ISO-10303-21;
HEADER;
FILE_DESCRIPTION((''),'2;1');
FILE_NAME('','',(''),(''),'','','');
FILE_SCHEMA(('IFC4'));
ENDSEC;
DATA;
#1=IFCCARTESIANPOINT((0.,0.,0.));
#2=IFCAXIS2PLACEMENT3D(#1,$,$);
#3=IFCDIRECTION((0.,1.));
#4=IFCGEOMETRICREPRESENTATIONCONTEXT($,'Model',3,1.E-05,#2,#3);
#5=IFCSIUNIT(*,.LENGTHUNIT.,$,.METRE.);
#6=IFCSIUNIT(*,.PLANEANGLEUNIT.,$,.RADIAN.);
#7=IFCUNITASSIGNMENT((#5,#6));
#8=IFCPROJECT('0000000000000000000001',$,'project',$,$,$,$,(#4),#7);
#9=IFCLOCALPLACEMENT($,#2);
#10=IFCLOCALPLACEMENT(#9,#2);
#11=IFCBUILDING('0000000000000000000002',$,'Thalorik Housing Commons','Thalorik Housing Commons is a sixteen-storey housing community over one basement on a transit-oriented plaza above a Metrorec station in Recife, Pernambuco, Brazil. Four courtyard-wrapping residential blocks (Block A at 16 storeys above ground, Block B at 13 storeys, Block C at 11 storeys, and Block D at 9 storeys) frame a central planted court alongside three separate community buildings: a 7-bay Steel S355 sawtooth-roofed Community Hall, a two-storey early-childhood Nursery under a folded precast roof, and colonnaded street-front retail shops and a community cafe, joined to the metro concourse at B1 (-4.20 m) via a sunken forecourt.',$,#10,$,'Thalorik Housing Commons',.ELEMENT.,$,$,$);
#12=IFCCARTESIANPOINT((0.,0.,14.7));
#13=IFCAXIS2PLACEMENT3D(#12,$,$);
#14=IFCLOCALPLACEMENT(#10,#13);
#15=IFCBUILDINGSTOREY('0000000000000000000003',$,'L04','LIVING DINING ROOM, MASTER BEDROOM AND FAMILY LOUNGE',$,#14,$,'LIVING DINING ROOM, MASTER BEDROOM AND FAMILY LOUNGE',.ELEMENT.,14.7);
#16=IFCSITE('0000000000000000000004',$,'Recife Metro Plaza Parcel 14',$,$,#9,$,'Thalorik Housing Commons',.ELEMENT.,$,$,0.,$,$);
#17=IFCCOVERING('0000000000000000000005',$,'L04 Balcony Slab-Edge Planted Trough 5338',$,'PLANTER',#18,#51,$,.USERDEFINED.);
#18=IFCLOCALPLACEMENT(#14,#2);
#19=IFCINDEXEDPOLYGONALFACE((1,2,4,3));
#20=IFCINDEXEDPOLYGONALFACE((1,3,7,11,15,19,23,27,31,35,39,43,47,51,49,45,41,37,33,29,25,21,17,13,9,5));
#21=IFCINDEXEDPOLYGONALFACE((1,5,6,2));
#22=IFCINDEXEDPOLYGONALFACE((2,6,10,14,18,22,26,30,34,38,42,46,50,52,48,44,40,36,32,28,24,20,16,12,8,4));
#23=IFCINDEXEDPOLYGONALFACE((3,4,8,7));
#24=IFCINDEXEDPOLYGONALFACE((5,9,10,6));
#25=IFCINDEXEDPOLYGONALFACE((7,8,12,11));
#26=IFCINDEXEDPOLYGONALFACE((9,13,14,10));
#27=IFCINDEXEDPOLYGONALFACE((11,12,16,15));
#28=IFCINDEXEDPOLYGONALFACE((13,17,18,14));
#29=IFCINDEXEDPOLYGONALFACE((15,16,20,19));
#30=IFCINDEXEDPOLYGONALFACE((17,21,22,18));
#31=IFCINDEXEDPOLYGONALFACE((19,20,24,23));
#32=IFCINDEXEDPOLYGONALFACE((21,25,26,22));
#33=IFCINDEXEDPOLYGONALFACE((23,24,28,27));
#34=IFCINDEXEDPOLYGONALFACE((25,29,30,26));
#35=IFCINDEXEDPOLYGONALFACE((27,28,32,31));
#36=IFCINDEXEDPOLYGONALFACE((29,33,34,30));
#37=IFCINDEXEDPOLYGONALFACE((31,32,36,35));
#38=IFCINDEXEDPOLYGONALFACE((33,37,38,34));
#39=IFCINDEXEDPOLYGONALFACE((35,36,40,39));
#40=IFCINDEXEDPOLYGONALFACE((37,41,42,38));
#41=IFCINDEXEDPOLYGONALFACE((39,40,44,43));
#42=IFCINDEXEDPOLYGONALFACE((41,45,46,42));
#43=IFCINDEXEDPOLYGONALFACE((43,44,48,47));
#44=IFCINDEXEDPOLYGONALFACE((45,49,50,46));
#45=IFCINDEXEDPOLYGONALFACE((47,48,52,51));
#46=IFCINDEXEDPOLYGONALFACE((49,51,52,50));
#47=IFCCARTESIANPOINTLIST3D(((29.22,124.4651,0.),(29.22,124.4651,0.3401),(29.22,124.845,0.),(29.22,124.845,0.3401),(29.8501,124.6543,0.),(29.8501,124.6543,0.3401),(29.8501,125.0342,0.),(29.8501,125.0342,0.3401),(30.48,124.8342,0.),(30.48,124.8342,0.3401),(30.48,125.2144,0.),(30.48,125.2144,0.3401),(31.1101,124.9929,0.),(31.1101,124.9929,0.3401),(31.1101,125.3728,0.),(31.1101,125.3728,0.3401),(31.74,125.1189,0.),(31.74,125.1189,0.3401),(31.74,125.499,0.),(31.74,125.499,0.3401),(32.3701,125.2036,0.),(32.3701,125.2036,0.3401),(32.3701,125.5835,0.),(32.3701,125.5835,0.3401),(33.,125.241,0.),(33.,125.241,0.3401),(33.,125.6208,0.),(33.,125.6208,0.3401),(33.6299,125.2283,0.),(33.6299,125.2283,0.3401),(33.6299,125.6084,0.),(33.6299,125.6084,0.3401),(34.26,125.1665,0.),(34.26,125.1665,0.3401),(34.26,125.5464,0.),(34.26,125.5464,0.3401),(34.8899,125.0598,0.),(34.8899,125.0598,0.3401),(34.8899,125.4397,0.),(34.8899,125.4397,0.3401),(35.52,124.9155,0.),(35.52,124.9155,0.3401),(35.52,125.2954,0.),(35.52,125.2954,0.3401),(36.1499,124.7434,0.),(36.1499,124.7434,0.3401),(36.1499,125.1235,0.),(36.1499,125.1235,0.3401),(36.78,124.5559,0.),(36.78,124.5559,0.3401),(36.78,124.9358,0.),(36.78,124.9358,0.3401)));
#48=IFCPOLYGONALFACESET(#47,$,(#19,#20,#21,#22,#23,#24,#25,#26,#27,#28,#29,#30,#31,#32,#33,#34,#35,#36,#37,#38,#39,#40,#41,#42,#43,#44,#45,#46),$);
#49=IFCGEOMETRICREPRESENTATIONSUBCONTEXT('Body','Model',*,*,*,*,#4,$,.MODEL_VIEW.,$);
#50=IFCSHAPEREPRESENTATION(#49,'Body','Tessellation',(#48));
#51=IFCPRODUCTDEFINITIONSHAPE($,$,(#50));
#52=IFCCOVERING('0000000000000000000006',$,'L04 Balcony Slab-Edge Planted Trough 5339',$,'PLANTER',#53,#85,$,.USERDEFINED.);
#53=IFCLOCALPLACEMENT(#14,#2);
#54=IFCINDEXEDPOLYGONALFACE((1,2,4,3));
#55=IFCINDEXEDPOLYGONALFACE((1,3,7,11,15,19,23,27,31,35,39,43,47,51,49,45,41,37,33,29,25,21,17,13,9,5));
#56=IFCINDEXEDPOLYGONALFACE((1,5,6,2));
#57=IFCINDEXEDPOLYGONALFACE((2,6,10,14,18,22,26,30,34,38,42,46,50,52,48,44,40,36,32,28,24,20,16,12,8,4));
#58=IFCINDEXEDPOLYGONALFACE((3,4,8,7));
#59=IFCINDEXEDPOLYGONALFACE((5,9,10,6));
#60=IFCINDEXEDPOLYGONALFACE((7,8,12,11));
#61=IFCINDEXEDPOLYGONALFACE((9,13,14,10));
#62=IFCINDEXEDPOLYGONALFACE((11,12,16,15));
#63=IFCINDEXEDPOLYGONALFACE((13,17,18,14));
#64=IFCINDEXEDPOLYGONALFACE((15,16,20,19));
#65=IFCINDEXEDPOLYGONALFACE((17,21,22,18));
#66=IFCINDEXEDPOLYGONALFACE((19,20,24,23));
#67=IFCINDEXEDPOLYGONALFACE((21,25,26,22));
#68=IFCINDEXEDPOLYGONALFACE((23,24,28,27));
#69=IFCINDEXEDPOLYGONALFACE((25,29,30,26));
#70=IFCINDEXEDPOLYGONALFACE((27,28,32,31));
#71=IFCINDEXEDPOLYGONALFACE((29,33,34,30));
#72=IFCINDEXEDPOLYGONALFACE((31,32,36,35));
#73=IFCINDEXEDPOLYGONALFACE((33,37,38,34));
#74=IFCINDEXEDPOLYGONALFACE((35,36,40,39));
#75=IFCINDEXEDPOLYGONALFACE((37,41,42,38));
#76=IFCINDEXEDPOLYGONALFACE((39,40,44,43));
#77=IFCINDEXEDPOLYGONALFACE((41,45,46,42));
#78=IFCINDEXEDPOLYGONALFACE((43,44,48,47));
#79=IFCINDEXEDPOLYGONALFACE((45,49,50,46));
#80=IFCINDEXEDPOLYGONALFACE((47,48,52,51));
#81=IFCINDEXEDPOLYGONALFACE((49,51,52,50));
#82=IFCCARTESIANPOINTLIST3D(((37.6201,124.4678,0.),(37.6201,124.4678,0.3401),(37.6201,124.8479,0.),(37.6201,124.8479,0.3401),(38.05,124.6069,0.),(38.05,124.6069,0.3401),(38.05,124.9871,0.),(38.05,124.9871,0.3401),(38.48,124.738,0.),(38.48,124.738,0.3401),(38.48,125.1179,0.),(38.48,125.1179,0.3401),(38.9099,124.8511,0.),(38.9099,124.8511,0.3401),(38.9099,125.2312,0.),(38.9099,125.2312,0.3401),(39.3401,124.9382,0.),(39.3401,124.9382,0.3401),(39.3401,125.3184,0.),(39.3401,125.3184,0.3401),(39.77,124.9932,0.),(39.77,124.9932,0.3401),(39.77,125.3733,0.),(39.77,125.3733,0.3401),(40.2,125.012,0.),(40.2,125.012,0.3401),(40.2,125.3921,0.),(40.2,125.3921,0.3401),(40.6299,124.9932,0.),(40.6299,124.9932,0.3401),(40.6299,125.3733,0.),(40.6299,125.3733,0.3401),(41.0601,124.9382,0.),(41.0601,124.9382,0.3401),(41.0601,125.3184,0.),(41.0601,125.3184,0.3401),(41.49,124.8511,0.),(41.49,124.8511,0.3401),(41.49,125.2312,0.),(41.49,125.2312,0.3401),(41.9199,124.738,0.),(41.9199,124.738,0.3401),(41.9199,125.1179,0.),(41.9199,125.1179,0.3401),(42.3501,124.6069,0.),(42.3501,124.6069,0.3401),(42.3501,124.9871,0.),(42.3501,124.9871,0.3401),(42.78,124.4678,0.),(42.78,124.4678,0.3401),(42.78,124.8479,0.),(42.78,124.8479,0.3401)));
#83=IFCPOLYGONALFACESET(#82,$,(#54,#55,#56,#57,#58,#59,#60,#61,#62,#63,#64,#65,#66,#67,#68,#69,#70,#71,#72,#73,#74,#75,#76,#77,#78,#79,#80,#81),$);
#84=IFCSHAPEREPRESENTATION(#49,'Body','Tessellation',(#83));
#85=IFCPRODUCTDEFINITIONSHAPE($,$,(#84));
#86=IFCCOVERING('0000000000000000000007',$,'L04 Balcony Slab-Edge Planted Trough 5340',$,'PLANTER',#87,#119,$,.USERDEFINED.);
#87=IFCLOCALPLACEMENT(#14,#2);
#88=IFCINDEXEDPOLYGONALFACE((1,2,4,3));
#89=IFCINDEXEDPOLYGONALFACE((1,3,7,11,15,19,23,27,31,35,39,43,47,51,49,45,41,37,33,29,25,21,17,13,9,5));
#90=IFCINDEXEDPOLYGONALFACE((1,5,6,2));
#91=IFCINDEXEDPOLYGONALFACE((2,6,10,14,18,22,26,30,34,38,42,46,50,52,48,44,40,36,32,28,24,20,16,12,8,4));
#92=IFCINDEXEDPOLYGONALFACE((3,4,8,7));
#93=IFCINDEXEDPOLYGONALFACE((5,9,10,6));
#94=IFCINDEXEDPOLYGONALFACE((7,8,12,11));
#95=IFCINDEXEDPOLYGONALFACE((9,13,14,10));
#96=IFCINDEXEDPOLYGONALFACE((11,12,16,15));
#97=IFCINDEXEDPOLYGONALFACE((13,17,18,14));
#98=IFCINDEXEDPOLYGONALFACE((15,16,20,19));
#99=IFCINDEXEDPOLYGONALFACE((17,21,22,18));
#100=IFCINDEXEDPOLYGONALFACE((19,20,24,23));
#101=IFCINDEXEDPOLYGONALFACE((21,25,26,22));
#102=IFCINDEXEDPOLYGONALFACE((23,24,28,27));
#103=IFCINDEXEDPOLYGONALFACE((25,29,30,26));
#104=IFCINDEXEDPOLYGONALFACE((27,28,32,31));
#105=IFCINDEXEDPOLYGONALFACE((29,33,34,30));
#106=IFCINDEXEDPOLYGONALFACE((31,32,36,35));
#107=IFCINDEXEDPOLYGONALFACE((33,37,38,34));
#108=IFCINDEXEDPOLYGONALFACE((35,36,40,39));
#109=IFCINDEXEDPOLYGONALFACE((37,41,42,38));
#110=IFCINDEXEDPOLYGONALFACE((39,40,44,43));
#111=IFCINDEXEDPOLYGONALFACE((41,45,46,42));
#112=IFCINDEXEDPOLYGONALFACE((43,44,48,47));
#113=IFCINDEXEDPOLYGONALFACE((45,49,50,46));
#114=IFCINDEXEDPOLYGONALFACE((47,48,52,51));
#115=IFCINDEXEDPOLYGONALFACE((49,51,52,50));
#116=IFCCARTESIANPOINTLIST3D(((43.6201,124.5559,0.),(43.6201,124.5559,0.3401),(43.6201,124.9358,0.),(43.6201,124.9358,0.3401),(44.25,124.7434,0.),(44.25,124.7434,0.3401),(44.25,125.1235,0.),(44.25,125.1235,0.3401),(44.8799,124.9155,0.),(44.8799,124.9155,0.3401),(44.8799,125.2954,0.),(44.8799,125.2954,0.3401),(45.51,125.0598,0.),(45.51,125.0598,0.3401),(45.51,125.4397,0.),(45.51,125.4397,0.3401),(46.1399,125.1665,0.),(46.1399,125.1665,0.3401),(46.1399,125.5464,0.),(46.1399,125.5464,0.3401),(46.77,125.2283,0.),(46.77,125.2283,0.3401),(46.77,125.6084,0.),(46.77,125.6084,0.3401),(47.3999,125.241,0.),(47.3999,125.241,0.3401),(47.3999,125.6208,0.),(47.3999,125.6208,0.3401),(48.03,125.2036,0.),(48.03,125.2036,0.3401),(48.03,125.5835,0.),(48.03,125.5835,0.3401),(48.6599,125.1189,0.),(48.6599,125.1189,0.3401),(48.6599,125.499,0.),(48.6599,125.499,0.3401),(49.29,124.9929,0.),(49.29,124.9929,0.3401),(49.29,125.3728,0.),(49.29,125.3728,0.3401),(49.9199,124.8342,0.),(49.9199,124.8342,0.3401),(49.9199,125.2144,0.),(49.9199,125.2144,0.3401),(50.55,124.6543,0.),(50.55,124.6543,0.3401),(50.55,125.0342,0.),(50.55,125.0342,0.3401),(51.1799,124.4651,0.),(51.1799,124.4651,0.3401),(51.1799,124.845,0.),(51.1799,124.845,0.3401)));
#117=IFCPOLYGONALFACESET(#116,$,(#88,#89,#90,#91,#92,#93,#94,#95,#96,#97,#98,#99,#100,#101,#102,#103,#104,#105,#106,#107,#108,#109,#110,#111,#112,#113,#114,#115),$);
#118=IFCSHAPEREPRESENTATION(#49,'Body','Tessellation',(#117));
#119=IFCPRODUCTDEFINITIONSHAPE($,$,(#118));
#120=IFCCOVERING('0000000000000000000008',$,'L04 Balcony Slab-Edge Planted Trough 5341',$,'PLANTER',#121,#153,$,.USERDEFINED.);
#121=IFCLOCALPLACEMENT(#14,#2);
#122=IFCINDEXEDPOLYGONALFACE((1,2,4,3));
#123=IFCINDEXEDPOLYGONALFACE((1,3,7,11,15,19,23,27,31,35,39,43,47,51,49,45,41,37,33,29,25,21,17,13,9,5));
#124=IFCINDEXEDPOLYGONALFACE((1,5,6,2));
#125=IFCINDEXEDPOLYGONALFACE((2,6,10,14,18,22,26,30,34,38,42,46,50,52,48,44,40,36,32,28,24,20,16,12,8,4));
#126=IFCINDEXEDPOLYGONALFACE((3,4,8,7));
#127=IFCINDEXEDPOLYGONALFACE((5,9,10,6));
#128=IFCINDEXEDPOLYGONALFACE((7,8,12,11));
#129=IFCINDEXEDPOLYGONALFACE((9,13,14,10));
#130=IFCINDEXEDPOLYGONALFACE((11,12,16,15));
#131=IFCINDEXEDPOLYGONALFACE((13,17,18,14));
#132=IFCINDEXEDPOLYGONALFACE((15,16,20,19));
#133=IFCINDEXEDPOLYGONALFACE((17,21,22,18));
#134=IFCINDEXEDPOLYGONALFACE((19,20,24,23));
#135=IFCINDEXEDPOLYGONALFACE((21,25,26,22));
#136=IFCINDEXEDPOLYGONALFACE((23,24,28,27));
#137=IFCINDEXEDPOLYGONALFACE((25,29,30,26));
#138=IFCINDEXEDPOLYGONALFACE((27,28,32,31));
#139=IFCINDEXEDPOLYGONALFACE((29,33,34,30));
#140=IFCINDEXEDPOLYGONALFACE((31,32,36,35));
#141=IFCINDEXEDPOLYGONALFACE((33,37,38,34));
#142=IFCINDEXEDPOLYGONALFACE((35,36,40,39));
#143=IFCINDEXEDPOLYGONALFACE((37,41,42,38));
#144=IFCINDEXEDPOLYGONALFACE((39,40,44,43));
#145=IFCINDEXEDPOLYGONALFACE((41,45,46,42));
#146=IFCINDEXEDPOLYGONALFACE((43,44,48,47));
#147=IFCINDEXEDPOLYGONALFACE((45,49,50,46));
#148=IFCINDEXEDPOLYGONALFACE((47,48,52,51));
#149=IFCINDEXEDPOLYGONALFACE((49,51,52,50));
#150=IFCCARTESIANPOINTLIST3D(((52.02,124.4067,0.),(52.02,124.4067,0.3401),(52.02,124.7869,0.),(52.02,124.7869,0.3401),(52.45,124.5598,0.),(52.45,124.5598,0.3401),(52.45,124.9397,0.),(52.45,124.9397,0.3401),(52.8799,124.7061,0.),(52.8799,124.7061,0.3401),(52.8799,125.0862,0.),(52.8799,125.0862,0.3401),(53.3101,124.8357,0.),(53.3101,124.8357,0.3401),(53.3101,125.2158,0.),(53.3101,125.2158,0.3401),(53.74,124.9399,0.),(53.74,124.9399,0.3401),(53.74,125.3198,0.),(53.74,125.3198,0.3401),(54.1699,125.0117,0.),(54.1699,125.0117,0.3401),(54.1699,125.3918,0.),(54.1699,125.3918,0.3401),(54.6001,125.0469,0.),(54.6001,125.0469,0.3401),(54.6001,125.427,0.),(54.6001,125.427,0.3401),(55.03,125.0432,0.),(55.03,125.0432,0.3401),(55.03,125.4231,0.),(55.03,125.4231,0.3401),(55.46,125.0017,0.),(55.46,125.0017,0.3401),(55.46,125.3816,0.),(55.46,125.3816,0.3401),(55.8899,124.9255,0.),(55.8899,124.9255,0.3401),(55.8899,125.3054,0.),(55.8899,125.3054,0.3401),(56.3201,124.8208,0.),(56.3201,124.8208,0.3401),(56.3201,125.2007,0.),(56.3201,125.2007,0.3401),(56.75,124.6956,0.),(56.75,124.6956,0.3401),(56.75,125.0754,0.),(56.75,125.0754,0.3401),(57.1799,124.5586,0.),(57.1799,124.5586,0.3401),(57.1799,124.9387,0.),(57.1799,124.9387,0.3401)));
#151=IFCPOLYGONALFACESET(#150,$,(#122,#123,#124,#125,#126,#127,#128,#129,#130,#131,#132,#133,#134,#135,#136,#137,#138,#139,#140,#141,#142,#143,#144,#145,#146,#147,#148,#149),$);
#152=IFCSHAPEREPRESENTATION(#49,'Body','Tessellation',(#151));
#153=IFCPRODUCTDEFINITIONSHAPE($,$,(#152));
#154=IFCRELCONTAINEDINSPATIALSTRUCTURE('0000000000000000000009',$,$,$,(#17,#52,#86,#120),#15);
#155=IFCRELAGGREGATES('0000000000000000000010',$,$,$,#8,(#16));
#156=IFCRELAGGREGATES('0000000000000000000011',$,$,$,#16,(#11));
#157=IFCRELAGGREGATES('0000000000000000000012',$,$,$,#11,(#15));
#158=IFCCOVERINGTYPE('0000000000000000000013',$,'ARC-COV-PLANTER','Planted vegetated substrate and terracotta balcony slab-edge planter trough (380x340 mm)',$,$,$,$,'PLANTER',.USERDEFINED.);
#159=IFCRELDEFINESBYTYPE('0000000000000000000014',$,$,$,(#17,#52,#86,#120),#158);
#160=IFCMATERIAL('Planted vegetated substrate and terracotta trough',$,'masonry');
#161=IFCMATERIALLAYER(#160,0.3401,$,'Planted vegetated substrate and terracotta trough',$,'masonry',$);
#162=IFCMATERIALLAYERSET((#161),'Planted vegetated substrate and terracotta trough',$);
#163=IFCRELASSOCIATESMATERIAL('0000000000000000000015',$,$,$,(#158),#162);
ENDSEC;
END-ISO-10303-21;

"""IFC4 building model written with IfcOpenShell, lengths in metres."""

from ifc_helpers import new_model, si_unit, direction, frame, origin, place, context, subcontext, project, spatial, polyline, outline, extrude, material, layer, layer_set, type_object, element, save


model = new_model("IFC4")

# Units and contexts
model_context = context("Model", 3, precision=1e-05, world=origin(), true_north=direction((0.0, 1.0)))
body_context = subcontext(model_context, "Body", "Model", "MODEL_VIEW")
ifc_project = project(units=[si_unit("LENGTHUNIT", "METRE"), si_unit("PLANEANGLEUNIT", "RADIAN")], contexts=[model_context])

# Site, building, storey
site_placement = place(None, origin())
site = spatial("IfcSite", under=ifc_project, at=site_placement, Name="Recife Metro Plaza Parcel 14", LongName="Thalorik Housing Commons", CompositionType="ELEMENT", RefElevation=0.0)
building_placement = place(site_placement, origin())
building = spatial("IfcBuilding", under=site, at=building_placement, Name="Thalorik Housing Commons", Description="Thalorik Housing Commons is a sixteen-storey housing community over one basement on a transit-oriented plaza above a Metrorec station in Recife, Pernambuco, Brazil. Four courtyard-wrapping residential blocks (Block A at 16 storeys above ground, Block B at 13 storeys, Block C at 11 storeys, and Block D at 9 storeys) frame a central planted court alongside three separate community buildings: a 7-bay Steel S355 sawtooth-roofed Community Hall, a two-storey early-childhood Nursery under a folded precast roof, and colonnaded street-front retail shops and a community cafe, joined to the metro concourse at B1 (-4.20 m) via a sunken forecourt.", LongName="Thalorik Housing Commons", CompositionType="ELEMENT")
storey_placement = place(building_placement, frame((0.0, 0.0, 14.7)))
storey = spatial("IfcBuildingStorey", under=building, at=storey_placement, Name="L04", Description="LIVING DINING ROOM, MASTER BEDROOM AND FAMILY LOUNGE", LongName="LIVING DINING ROOM, MASTER BEDROOM AND FAMILY LOUNGE", CompositionType="ELEMENT", Elevation=14.7)

# Coverings
ifc_material = material(Name="Planted vegetated substrate and terracotta trough", Category="masonry")
ifc_layer = layer(ifc_material, 0.3401, Name="Planted vegetated substrate and terracotta trough", Category="masonry")
ifc_layer_set = layer_set([ifc_layer], Name="Planted vegetated substrate and terracotta trough")
covering_type = type_object("IfcCoveringType", Name="ARC-COV-PLANTER", Description="Planted vegetated substrate and terracotta balcony slab-edge planter trough (380x340 mm)", ElementType="PLANTER", PredefinedType="USERDEFINED", material=ifc_layer_set)
covering_1_placement = place(storey_placement, origin())
element("IfcCovering", 1, at=covering_1_placement, inside=storey, type_object=covering_type, Name="L04 Balcony Slab-Edge Planted Trough 5338", ObjectType="PLANTER", PredefinedType="USERDEFINED", context=body_context, shape_type="SweptSolid", body=[
    extrude(outline(polyline([(36.78, 124.9358), (36.1499, 125.1235), (35.52, 125.2954), (34.8899, 125.4397), (34.26, 125.5464), (33.6299, 125.6084), (33.0, 125.6208), (32.3701, 125.5835), (31.74, 125.499), (31.1101, 125.3728), (30.48, 125.2144), (29.8501, 125.0342), (29.22, 124.845), (29.22, 124.4651), (29.8501, 124.6543), (30.48, 124.8342), (31.1101, 124.9929), (31.74, 125.1189), (32.3701, 125.2036), (33.0, 125.241), (33.6299, 125.2283), (34.26, 125.1665), (34.8899, 125.0598), (35.52, 124.9155), (36.1499, 124.7434), (36.78, 124.5559), (36.78, 124.9358)])), origin(), (0.0, 0.0, 1.0), 0.3401),
])
covering_2_placement = place(storey_placement, origin())
element("IfcCovering", 2, at=covering_2_placement, inside=storey, type_object=covering_type, Name="L04 Balcony Slab-Edge Planted Trough 5339", ObjectType="PLANTER", PredefinedType="USERDEFINED", context=body_context, shape_type="SweptSolid", body=[
    extrude(outline(polyline([(42.78, 124.8479), (42.3501, 124.9871), (41.9199, 125.1179), (41.49, 125.2312), (41.0601, 125.3184), (40.6299, 125.3733), (40.2, 125.3921), (39.77, 125.3733), (39.3401, 125.3184), (38.9099, 125.2312), (38.48, 125.1179), (38.05, 124.9871), (37.6201, 124.8479), (37.6201, 124.4678), (38.05, 124.6069), (38.48, 124.738), (38.9099, 124.8511), (39.3401, 124.9382), (39.77, 124.9932), (40.2, 125.012), (40.6299, 124.9932), (41.0601, 124.9382), (41.49, 124.8511), (41.9199, 124.738), (42.3501, 124.6069), (42.78, 124.4678), (42.78, 124.8479)])), origin(), (0.0, 0.0, 1.0), 0.3401),
])
covering_3_placement = place(storey_placement, origin())
element("IfcCovering", 3, at=covering_3_placement, inside=storey, type_object=covering_type, Name="L04 Balcony Slab-Edge Planted Trough 5340", ObjectType="PLANTER", PredefinedType="USERDEFINED", context=body_context, shape_type="SweptSolid", body=[
    extrude(outline(polyline([(51.1799, 124.845), (50.55, 125.0342), (49.9199, 125.2144), (49.29, 125.3728), (48.6599, 125.499), (48.03, 125.5835), (47.3999, 125.6208), (46.77, 125.6084), (46.1399, 125.5464), (45.51, 125.4397), (44.8799, 125.2954), (44.25, 125.1235), (43.6201, 124.9358), (43.6201, 124.5559), (44.25, 124.7434), (44.8799, 124.9155), (45.51, 125.0598), (46.1399, 125.1665), (46.77, 125.2283), (47.3999, 125.241), (48.03, 125.2036), (48.6599, 125.1189), (49.29, 124.9929), (49.9199, 124.8342), (50.55, 124.6543), (51.1799, 124.4651), (51.1799, 124.845)])), origin(), (0.0, 0.0, 1.0), 0.3401),
])
covering_4_placement = place(storey_placement, origin())
element("IfcCovering", 4, at=covering_4_placement, inside=storey, type_object=covering_type, Name="L04 Balcony Slab-Edge Planted Trough 5341", ObjectType="PLANTER", PredefinedType="USERDEFINED", context=body_context, shape_type="SweptSolid", body=[
    extrude(outline(polyline([(57.1799, 124.9387), (56.75, 125.0754), (56.3201, 125.2007), (55.8899, 125.3054), (55.46, 125.3816), (55.03, 125.4231), (54.6001, 125.427), (54.1699, 125.3918), (53.74, 125.3198), (53.3101, 125.2158), (52.8799, 125.0862), (52.45, 124.9397), (52.02, 124.7869), (52.02, 124.4067), (52.45, 124.5598), (52.8799, 124.7061), (53.3101, 124.8357), (53.74, 124.9399), (54.1699, 125.0117), (54.6001, 125.0469), (55.03, 125.0432), (55.46, 125.0017), (55.8899, 124.9255), (56.3201, 124.8208), (56.75, 124.6956), (57.1799, 124.5586), (57.1799, 124.9387)])), origin(), (0.0, 0.0, 1.0), 0.3401),
])

save(model, "model.ifc")
